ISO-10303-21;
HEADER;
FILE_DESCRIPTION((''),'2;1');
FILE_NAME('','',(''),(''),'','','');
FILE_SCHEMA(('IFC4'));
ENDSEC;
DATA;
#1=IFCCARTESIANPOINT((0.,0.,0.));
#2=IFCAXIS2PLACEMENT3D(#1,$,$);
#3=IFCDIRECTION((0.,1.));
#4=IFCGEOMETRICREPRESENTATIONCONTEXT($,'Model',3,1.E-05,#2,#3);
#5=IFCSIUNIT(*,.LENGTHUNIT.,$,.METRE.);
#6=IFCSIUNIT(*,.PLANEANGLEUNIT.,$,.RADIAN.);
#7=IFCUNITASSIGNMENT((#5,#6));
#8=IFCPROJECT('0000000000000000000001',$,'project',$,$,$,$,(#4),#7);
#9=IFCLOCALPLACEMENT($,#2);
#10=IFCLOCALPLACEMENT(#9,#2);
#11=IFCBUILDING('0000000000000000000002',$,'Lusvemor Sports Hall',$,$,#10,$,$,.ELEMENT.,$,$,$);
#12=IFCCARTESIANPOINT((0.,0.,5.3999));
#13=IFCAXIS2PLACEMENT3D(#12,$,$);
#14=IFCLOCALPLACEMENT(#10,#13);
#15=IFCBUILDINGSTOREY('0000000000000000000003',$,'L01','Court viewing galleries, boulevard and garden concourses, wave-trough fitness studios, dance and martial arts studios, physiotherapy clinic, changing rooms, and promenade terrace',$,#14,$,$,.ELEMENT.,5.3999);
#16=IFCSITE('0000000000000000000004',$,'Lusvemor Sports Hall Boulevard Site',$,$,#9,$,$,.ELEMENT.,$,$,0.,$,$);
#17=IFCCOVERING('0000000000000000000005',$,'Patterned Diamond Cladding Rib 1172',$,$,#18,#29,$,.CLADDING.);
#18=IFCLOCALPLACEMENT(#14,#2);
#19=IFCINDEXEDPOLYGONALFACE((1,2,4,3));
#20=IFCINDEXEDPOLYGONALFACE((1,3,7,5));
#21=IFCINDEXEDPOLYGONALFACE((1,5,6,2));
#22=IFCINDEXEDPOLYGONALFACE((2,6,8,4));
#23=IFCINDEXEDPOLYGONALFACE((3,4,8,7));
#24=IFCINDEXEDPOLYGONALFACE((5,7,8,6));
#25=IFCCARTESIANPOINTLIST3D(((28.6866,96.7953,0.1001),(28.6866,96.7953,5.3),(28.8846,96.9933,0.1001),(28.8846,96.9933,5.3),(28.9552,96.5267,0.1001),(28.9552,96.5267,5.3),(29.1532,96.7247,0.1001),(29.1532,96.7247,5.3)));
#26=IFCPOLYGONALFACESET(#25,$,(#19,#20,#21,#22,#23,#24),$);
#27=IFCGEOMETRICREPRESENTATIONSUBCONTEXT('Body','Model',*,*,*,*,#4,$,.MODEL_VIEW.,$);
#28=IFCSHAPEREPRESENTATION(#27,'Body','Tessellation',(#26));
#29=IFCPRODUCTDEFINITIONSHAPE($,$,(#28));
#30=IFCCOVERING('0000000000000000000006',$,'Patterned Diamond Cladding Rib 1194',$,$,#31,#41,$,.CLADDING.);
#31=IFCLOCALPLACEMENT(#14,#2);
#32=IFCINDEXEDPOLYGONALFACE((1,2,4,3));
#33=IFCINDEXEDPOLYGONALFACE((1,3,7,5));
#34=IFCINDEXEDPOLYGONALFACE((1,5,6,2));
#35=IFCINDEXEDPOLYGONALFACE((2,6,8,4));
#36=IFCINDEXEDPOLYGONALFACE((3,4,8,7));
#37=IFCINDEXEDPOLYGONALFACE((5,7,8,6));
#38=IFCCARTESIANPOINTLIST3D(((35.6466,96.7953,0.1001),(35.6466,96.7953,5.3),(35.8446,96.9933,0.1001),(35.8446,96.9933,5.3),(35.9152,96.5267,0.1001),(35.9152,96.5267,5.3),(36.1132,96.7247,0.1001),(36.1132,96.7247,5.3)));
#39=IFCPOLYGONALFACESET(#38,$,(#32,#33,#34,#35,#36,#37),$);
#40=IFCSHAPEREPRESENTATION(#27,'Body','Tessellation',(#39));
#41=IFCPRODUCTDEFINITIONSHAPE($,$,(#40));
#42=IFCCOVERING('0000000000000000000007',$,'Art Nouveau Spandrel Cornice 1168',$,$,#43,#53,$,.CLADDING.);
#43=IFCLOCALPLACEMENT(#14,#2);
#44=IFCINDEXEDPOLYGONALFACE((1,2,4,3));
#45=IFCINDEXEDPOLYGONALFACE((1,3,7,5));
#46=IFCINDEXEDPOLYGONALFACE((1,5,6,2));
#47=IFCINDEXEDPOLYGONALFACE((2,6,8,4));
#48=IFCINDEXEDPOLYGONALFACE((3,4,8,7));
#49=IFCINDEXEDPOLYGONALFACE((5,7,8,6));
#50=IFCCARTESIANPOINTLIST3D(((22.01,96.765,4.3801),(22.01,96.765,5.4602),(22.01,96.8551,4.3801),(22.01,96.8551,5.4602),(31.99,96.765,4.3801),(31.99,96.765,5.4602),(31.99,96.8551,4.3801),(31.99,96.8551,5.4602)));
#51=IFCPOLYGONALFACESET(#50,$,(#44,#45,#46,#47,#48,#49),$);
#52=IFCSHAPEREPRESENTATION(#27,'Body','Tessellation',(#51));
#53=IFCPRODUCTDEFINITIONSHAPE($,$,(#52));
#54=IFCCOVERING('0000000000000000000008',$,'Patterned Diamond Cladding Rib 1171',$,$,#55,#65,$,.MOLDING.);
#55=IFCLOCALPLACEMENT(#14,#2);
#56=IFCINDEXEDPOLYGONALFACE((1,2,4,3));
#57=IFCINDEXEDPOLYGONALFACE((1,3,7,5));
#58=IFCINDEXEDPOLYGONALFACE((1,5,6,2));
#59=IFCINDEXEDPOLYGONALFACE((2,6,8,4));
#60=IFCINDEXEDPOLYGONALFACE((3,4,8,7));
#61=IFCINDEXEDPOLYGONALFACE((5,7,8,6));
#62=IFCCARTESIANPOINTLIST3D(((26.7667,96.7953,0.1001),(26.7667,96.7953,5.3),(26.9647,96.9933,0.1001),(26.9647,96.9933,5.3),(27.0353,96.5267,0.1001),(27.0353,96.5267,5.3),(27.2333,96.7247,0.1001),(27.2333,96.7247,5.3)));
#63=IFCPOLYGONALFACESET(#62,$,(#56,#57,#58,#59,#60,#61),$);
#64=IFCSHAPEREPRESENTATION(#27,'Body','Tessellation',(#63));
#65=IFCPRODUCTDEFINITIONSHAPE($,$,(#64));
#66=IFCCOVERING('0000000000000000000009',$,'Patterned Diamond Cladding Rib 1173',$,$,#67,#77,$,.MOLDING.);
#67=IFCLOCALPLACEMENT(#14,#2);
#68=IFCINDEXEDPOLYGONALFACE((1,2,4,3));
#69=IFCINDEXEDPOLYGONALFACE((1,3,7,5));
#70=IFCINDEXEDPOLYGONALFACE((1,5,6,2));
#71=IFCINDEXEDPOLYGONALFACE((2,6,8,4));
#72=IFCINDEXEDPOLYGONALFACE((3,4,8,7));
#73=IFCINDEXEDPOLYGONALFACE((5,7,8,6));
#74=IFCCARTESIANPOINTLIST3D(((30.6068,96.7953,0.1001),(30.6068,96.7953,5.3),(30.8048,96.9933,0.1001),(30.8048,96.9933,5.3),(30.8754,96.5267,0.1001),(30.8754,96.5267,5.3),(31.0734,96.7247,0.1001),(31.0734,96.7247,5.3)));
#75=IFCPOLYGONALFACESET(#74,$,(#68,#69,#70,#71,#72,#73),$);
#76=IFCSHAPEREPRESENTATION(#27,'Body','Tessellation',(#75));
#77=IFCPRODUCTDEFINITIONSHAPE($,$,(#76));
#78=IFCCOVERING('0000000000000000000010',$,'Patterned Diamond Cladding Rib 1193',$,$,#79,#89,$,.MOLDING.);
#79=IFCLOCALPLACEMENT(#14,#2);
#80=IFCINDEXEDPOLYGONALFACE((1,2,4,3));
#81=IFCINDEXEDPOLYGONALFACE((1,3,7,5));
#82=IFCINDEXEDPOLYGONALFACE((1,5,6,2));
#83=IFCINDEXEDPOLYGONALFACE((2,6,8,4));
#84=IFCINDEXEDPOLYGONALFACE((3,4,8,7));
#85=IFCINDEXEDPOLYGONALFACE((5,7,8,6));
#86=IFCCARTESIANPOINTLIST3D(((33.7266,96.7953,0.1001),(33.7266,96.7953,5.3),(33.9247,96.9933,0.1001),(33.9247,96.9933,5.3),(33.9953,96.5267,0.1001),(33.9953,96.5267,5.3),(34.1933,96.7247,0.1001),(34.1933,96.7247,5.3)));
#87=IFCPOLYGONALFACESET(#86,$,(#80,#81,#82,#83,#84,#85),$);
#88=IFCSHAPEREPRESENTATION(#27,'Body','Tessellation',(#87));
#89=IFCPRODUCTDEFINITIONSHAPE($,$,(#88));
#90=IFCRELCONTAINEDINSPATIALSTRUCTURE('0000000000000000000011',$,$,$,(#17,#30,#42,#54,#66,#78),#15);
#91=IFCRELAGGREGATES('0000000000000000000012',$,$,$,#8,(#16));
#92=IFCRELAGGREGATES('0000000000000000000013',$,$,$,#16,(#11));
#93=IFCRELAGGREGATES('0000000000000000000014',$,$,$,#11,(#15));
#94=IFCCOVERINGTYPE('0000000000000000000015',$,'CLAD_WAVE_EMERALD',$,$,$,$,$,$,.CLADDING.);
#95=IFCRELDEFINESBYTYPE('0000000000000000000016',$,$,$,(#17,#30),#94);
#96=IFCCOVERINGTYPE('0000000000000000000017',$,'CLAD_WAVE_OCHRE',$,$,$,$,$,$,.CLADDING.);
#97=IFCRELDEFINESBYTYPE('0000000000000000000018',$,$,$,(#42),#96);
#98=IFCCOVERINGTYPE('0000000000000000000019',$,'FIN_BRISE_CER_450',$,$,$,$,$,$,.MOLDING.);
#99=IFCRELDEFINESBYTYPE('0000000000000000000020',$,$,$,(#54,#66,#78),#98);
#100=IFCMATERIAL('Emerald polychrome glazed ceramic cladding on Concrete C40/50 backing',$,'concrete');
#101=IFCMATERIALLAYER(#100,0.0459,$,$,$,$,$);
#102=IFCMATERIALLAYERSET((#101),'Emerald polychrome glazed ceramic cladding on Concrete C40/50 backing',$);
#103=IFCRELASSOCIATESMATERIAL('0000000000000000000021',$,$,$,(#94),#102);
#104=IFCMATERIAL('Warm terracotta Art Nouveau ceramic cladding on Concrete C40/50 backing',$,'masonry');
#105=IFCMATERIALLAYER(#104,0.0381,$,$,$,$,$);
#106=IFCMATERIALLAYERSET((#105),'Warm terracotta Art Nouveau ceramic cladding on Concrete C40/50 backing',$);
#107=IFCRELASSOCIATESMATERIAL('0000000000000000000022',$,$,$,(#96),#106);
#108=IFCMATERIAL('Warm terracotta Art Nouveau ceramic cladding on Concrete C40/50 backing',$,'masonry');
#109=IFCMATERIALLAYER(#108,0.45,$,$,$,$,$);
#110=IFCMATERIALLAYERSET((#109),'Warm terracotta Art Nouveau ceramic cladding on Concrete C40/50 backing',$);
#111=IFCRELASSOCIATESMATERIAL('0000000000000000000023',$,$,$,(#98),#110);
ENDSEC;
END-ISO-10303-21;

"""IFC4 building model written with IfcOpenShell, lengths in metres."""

from ifc_helpers import new_model, si_unit, direction, frame, origin, origin_2d, place, context, subcontext, project, spatial, rectangle, extrude, material, layer, layer_set, type_object, element, save


model = new_model("IFC4")

# Units and contexts
model_context = context("Model", 3, precision=1e-05, world=origin(), true_north=direction((0.0, 1.0)))
body_context = subcontext(model_context, "Body", "Model", "MODEL_VIEW")
ifc_project = project(units=[si_unit("LENGTHUNIT", "METRE"), si_unit("PLANEANGLEUNIT", "RADIAN")], contexts=[model_context])

# Site, building, storey
site_placement = place(None, origin())
site = spatial("IfcSite", under=ifc_project, at=site_placement, Name="Lusvemor Sports Hall Boulevard Site", CompositionType="ELEMENT", RefElevation=0.0)
building_placement = place(site_placement, origin())
building = spatial("IfcBuilding", under=site, at=building_placement, Name="Lusvemor Sports Hall", CompositionType="ELEMENT")
storey_placement = place(building_placement, frame((0.0, 0.0, 5.3999)))
storey = spatial("IfcBuildingStorey", under=building, at=storey_placement, Name="L01", Description="Court viewing galleries, boulevard and garden concourses, wave-trough fitness studios, dance and martial arts studios, physiotherapy clinic, changing rooms, and promenade terrace", CompositionType="ELEMENT", Elevation=5.3999)

# Coverings
ifc_material_1 = material(Name="Emerald polychrome glazed ceramic cladding on Concrete C40/50 backing", Category="concrete")
ifc_layer_1 = layer(ifc_material_1, 0.0459)
ifc_layer_set_1 = layer_set([ifc_layer_1], Name="Emerald polychrome glazed ceramic cladding on Concrete C40/50 backing")
covering_type_1 = type_object("IfcCoveringType", Name="CLAD_WAVE_EMERALD", PredefinedType="CLADDING", material=ifc_layer_set_1)
for number, where, z_axis, x_axis, name in (
    (1, (28.9199, 96.76, 0.1001), (0.0, 0.0, 1.0), (0.707107, 0.707107, 0.0), "Patterned Diamond Cladding Rib 1172"),
    (2, (35.8799, 96.76, 0.1001), (0.0, 0.0, 1.0), (0.707107, 0.707107, 0.0), "Patterned Diamond Cladding Rib 1194"),
):
    element("IfcCovering", number, at=place(storey_placement, frame(where, z_axis=z_axis, x_axis=x_axis)), inside=storey, type_object=covering_type_1, Name=name, PredefinedType="CLADDING", context=body_context, shape_type="SweptSolid", body=[
        extrude(rectangle(XDim=0.28, YDim=0.3799, at=origin_2d()), origin(), (0.0, 0.0, 1.0), 5.2),
    ])
ifc_material_2 = material(Name="Warm terracotta Art Nouveau ceramic cladding on Concrete C40/50 backing", Category="masonry")
ifc_layer_2 = layer(ifc_material_2, 0.0381)
ifc_layer_set_2 = layer_set([ifc_layer_2], Name="Warm terracotta Art Nouveau ceramic cladding on Concrete C40/50 backing")
covering_type_2 = type_object("IfcCoveringType", Name="CLAD_WAVE_OCHRE", PredefinedType="CLADDING", material=ifc_layer_set_2)
covering_placement = place(storey_placement, frame((27.0, 96.8101, 4.3801), z_axis=(0.0, 0.0, 1.0), x_axis=(1.0, 0.0, 0.0)))
element("IfcCovering", 3, at=covering_placement, inside=storey, type_object=covering_type_2, Name="Art Nouveau Spandrel Cornice 1168", PredefinedType="CLADDING", context=body_context, shape_type="SweptSolid", body=[
    extrude(rectangle(XDim=9.98, YDim=0.0901, at=origin_2d()), origin(), (0.0, 0.0, 1.0), 1.0801),
])
ifc_material_3 = material(Name="Warm terracotta Art Nouveau ceramic cladding on Concrete C40/50 backing", Category="masonry")
ifc_layer_3 = layer(ifc_material_3, 0.45)
ifc_layer_set_3 = layer_set([ifc_layer_3], Name="Warm terracotta Art Nouveau ceramic cladding on Concrete C40/50 backing")
covering_type_3 = type_object("IfcCoveringType", Name="FIN_BRISE_CER_450", PredefinedType="MOLDING", material=ifc_layer_set_3)
for number, where, z_axis, x_axis, name in (
    (4, (27.0, 96.76, 0.1001), (0.0, 0.0, 1.0), (0.707107, 0.707107, 0.0), "Patterned Diamond Cladding Rib 1171"),
    (5, (30.8401, 96.76, 0.1001), (0.0, 0.0, 1.0), (0.707107, 0.707107, 0.0), "Patterned Diamond Cladding Rib 1173"),
    (6, (33.96, 96.76, 0.1001), (0.0, 0.0, 1.0), (0.707107, 0.707107, 0.0), "Patterned Diamond Cladding Rib 1193"),
):
    element("IfcCovering", number, at=place(storey_placement, frame(where, z_axis=z_axis, x_axis=x_axis)), inside=storey, type_object=covering_type_3, Name=name, PredefinedType="MOLDING", context=body_context, shape_type="SweptSolid", body=[
        extrude(rectangle(XDim=0.28, YDim=0.3799, at=origin_2d()), origin(), (0.0, 0.0, 1.0), 5.2),
    ])

save(model, "model.ifc")
